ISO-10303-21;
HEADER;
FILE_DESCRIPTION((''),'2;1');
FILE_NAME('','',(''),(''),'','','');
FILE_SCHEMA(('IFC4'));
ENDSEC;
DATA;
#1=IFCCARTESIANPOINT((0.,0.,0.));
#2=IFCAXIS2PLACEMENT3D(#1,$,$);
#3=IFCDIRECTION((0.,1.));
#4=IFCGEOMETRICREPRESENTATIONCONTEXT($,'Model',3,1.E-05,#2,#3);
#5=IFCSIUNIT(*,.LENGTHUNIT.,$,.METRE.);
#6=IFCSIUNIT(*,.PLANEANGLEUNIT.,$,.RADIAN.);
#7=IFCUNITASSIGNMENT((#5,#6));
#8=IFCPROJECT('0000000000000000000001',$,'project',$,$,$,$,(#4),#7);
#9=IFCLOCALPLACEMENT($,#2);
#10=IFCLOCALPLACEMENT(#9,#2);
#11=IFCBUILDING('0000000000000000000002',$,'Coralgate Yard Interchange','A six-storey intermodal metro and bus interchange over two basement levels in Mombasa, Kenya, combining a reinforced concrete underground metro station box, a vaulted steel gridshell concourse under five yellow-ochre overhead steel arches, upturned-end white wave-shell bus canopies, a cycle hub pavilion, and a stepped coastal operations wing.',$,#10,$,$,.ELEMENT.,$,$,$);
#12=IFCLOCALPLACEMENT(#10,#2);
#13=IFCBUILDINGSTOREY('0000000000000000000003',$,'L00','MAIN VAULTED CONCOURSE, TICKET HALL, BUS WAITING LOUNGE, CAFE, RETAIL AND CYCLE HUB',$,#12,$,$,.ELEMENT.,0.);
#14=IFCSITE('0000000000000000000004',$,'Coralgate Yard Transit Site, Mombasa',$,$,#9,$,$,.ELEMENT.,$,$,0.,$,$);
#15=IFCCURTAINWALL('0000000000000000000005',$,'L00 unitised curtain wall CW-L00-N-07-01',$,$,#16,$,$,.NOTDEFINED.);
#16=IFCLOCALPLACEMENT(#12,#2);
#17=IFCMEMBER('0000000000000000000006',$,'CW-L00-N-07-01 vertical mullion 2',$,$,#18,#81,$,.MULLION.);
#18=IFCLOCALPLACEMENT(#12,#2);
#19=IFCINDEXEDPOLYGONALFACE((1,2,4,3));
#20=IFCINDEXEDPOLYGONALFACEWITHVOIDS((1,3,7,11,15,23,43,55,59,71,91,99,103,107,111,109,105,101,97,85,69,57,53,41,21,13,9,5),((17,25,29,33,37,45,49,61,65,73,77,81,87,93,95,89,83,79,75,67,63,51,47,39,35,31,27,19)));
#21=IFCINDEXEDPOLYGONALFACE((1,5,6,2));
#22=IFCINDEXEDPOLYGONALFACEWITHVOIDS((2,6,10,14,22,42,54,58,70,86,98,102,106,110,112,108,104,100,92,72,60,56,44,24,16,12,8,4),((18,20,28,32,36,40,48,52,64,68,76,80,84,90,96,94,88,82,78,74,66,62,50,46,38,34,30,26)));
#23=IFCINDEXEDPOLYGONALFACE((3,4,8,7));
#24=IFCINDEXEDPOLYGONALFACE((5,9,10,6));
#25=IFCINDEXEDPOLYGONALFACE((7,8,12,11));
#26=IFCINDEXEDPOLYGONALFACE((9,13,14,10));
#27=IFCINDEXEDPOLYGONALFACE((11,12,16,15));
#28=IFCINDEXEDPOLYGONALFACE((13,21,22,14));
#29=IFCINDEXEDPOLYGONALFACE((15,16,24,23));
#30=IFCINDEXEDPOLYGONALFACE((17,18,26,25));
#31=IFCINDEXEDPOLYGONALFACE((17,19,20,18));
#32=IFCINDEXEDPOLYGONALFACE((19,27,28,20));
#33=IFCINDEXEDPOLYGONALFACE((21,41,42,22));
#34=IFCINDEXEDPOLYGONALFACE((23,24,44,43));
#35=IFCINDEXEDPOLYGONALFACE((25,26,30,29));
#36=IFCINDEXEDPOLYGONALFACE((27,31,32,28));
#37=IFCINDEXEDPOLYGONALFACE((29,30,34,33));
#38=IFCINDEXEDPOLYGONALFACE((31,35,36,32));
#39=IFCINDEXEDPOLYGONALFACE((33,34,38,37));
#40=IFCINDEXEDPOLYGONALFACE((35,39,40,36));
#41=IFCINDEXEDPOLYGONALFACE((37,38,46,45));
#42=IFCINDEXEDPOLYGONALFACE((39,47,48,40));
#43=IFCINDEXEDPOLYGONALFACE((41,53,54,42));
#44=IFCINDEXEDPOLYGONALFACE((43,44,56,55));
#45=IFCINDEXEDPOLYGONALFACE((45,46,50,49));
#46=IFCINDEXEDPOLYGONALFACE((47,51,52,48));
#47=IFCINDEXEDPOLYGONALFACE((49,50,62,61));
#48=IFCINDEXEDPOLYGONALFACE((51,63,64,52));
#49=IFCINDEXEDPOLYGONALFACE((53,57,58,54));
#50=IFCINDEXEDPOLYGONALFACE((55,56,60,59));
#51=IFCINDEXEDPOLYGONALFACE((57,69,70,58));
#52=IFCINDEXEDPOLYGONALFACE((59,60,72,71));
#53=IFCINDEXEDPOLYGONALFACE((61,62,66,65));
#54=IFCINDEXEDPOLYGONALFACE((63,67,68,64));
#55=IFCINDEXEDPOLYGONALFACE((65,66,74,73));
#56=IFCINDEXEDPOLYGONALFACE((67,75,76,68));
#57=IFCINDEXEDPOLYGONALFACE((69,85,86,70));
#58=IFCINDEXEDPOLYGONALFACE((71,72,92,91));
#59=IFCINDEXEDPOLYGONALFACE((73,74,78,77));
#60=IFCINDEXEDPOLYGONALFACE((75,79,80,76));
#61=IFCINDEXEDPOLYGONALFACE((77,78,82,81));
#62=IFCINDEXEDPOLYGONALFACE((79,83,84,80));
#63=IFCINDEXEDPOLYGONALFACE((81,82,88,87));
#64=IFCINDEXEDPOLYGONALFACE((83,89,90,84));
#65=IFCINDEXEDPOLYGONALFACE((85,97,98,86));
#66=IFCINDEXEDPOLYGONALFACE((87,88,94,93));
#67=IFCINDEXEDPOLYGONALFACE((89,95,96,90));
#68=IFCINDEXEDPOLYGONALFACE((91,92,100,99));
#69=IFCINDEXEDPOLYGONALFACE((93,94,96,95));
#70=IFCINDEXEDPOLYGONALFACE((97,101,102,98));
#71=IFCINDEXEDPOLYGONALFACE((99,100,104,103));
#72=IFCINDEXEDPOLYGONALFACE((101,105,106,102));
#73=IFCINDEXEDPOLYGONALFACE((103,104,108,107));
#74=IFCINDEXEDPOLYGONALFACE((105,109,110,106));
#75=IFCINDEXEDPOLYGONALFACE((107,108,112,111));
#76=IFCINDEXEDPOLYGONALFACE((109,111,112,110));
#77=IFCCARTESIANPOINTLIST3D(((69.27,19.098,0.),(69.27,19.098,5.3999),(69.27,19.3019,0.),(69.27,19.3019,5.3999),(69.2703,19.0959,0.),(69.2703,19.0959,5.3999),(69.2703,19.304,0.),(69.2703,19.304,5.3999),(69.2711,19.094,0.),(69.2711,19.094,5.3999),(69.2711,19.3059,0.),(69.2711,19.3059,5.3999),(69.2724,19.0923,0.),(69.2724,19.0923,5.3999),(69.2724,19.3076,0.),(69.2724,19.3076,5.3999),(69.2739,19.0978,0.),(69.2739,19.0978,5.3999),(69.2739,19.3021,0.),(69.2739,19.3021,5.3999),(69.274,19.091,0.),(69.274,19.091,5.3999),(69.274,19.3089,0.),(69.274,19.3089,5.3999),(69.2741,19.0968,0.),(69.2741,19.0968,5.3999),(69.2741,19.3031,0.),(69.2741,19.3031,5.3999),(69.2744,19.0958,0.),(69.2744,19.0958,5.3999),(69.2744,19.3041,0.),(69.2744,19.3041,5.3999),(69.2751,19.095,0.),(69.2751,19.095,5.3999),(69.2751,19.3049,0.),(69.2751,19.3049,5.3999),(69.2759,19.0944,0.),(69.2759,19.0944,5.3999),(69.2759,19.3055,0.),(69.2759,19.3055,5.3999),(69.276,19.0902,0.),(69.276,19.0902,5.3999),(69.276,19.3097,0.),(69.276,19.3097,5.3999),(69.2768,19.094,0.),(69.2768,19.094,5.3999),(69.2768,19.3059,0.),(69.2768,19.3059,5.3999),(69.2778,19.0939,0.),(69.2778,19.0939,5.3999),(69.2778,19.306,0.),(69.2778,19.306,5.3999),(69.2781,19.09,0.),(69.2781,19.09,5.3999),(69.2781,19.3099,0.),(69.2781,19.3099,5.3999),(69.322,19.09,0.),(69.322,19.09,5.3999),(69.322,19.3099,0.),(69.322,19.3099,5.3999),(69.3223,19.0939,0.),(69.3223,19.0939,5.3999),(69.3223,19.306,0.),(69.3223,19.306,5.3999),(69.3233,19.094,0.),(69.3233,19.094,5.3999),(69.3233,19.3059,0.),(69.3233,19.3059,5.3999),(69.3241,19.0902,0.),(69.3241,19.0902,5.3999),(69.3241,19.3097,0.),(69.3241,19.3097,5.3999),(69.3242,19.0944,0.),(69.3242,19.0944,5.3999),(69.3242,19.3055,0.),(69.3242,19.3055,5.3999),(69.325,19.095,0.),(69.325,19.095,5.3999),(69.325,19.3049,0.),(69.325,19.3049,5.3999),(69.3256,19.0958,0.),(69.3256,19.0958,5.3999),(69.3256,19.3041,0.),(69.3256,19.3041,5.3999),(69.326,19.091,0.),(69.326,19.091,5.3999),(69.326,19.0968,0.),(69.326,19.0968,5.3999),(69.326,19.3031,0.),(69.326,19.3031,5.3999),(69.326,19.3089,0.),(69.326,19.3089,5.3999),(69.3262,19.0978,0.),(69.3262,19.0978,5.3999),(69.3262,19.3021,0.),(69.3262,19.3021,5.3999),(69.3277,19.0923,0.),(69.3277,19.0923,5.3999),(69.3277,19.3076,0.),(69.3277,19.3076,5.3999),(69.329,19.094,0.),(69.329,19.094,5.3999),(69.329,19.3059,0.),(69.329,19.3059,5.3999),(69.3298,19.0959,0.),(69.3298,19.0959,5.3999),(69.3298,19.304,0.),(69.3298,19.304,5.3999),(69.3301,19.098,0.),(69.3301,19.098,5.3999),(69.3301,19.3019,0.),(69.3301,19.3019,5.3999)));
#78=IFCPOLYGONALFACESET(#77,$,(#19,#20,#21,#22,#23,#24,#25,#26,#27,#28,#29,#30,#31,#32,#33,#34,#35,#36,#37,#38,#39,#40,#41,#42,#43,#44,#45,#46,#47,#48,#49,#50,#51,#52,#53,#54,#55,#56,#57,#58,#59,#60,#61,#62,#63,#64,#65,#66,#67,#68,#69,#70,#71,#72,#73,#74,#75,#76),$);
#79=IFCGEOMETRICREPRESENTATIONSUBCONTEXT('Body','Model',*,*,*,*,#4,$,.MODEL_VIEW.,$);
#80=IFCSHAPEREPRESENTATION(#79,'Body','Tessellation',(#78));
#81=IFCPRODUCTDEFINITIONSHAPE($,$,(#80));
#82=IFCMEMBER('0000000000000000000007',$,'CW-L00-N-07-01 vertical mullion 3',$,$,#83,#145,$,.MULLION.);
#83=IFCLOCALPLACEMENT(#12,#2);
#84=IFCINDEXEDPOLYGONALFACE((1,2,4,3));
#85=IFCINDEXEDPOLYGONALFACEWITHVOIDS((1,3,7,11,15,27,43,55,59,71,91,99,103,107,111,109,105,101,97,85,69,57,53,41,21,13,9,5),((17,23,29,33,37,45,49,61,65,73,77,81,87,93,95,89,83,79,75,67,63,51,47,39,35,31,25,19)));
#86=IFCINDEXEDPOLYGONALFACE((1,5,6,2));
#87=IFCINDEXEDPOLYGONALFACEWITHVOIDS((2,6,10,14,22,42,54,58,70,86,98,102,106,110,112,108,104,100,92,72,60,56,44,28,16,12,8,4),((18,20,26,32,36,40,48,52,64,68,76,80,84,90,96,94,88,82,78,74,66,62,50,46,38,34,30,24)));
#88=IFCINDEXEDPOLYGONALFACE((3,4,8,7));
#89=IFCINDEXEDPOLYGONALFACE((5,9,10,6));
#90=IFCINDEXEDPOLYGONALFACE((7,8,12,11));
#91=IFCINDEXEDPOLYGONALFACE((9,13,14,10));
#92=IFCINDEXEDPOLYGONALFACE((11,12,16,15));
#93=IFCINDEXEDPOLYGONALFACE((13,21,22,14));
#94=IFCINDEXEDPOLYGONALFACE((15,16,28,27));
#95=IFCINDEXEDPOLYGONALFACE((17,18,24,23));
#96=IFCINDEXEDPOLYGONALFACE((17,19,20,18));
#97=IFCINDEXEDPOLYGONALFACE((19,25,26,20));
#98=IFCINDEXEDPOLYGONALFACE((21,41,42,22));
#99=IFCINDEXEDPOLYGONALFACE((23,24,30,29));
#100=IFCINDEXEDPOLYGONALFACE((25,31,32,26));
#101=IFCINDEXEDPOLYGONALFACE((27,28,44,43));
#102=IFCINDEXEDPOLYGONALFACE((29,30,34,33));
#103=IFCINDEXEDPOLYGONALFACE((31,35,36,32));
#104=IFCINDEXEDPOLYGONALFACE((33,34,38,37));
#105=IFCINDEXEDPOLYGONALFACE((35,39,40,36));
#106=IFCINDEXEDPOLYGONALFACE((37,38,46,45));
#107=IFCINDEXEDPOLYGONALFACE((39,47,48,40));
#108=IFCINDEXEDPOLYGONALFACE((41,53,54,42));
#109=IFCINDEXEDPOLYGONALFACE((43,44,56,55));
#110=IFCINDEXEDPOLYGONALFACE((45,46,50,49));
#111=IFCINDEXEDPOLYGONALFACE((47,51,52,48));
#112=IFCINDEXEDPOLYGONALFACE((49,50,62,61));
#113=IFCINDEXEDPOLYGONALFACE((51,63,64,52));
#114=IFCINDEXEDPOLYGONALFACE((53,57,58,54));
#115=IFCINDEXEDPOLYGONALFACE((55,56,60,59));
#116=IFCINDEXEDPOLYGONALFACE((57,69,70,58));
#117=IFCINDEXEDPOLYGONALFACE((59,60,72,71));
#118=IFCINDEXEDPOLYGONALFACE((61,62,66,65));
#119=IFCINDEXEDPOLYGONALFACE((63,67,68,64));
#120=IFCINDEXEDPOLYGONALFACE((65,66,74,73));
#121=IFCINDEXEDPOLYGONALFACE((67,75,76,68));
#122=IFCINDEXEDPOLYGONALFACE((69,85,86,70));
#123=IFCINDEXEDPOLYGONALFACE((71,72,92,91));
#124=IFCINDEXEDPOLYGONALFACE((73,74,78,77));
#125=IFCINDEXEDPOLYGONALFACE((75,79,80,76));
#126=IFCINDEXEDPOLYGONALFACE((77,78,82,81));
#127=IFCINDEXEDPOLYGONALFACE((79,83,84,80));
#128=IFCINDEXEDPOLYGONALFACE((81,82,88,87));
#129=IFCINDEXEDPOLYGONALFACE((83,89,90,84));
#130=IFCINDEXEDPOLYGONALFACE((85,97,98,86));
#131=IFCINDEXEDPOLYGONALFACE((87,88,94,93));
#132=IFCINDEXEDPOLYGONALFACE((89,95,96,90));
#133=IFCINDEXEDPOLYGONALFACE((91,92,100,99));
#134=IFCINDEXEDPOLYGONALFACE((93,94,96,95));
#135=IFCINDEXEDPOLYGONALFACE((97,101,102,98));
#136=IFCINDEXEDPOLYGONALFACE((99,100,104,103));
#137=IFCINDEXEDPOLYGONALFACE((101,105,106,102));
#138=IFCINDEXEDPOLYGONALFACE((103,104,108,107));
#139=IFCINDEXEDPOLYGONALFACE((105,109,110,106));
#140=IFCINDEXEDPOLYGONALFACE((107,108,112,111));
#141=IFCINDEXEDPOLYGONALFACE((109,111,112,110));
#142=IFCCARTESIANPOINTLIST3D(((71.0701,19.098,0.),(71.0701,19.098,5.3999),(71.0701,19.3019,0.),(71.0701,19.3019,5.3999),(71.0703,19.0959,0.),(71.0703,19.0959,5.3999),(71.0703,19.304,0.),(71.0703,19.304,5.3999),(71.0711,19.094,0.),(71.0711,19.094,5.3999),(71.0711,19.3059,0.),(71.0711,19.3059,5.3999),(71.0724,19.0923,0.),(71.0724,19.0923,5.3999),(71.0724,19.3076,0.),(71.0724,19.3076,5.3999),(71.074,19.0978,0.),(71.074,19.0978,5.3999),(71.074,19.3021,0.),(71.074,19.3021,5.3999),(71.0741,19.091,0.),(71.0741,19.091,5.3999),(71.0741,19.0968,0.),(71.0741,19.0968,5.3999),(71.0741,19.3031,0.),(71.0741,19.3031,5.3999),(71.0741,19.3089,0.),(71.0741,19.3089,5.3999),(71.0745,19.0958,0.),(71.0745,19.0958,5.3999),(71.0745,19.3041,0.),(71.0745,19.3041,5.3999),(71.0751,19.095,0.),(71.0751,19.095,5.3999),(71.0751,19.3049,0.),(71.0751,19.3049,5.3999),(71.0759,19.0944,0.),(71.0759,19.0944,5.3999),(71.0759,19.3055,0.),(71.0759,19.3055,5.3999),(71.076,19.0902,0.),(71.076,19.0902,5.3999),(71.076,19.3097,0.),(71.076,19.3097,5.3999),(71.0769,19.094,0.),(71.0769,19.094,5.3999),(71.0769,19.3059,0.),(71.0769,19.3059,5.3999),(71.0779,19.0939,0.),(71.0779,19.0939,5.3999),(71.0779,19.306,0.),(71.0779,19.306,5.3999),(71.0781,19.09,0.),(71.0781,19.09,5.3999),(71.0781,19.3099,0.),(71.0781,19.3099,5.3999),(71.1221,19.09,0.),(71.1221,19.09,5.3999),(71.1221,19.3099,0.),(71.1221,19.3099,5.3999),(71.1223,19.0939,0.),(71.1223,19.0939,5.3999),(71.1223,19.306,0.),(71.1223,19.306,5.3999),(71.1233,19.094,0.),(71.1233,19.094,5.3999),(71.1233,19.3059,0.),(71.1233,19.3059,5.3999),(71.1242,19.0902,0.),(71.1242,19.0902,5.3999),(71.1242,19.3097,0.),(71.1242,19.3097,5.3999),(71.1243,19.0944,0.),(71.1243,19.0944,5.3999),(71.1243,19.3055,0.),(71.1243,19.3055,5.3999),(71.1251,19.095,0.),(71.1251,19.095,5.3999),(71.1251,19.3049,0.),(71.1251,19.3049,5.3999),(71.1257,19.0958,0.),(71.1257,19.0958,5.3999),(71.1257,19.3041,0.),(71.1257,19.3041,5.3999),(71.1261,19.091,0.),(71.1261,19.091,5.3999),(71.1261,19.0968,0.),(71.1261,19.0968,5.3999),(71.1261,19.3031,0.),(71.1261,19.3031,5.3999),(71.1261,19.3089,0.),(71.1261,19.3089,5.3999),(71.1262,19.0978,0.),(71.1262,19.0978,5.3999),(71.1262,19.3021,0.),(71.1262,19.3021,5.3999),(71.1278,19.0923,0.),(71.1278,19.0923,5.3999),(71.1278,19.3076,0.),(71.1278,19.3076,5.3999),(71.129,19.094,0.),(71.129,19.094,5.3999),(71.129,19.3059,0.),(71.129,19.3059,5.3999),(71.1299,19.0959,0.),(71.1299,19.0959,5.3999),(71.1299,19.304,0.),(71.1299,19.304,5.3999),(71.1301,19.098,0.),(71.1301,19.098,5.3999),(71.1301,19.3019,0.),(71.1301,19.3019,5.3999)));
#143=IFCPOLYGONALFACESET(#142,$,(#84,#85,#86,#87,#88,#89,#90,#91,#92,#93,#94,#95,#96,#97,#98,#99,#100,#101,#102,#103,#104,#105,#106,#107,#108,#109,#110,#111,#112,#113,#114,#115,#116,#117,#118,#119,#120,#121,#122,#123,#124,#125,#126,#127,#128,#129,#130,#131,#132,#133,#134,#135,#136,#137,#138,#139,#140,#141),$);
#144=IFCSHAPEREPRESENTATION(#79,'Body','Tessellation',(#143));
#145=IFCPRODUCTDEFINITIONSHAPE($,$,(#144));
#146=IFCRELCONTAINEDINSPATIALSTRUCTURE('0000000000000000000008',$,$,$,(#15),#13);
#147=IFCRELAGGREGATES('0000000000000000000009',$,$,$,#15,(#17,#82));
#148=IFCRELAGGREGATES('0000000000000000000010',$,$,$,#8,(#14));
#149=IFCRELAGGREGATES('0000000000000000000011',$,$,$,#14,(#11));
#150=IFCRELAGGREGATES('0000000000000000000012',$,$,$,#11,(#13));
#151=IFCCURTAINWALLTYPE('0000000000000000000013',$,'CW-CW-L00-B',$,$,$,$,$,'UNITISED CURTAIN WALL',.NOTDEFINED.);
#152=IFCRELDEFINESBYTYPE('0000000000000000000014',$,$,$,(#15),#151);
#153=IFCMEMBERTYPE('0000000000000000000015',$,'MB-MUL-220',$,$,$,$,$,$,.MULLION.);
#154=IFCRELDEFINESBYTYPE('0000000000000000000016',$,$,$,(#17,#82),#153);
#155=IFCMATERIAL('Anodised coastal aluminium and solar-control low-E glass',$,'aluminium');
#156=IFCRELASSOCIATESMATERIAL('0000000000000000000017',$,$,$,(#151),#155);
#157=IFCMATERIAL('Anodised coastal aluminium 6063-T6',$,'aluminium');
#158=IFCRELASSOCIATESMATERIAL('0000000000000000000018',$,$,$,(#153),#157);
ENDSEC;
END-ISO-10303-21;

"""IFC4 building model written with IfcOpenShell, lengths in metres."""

from ifc_helpers import new_model, si_unit, direction, frame, origin, origin_2d, place, context, subcontext, project, spatial, hollow_rectangle, extrude, material, material_profile, profile_set, type_object, element, aggregate, save


model = new_model("IFC4")

# Units and contexts
model_context = context("Model", 3, precision=1e-05, world=origin(), true_north=direction((0.0, 1.0)))
body_context = subcontext(model_context, "Body", "Model", "MODEL_VIEW")
ifc_project = project(units=[si_unit("LENGTHUNIT", "METRE"), si_unit("PLANEANGLEUNIT", "RADIAN")], contexts=[model_context])

# Site, building, storey
site_placement = place(None, origin())
site = spatial("IfcSite", under=ifc_project, at=site_placement, Name="Coralgate Yard Transit Site, Mombasa", CompositionType="ELEMENT", RefElevation=0.0)
building_placement = place(site_placement, origin())
building = spatial("IfcBuilding", under=site, at=building_placement, Name="Coralgate Yard Interchange", Description="A six-storey intermodal metro and bus interchange over two basement levels in Mombasa, Kenya, combining a reinforced concrete underground metro station box, a vaulted steel gridshell concourse under five yellow-ochre overhead steel arches, upturned-end white wave-shell bus canopies, a cycle hub pavilion, and a stepped coastal operations wing.", CompositionType="ELEMENT")
storey_placement = place(building_placement, origin())
storey = spatial("IfcBuildingStorey", under=building, at=storey_placement, Name="L00", Description="MAIN VAULTED CONCOURSE, TICKET HALL, BUS WAITING LOUNGE, CAFE, RETAIL AND CYCLE HUB", CompositionType="ELEMENT", Elevation=0.0)

# Shared definitions
ifc_material_1 = material(Name="Anodised coastal aluminium and solar-control low-E glass", Category="aluminium")
curtain_wall_type = type_object("IfcCurtainWallType", Name="CW-CW-L00-B", ElementType="UNITISED CURTAIN WALL", PredefinedType="NOTDEFINED", material=ifc_material_1)
ifc_material_2 = material(Name="Anodised coastal aluminium 6063-T6", Category="aluminium")
ifc_material_profile_1 = material_profile(ifc_material_2, hollow_rectangle(XDim=0.0601, YDim=0.22, WallThickness=0.0039, InnerFilletRadius=0.0039, OuterFilletRadius=0.0081, at=origin_2d()), Name="ALU 60x220x4")
ifc_profile_set_1 = profile_set([ifc_material_profile_1], Name="Anodised coastal aluminium 6063-T6")
member_type_1 = type_object("IfcMemberType", Name="MB-MUL-220", PredefinedType="MULLION", material=ifc_profile_set_1)

# Curtain wall, members
curtain_wall_1_placement = place(storey_placement, origin())
curtain_wall_1 = element("IfcCurtainWall", 1, at=curtain_wall_1_placement, inside=storey, type_object=curtain_wall_type, Name="L00 unitised curtain wall CW-L00-N-07-01", PredefinedType="NOTDEFINED")
member_1_placement = place(storey_placement, frame((69.3, 19.2, 0.0), z_axis=(0.0, 0.0, 1.0), x_axis=(1.0, 0.0, 0.0)))
member_1 = element("IfcMember", 2, at=member_1_placement, type_object=member_type_1, Name="CW-L00-N-07-01 vertical mullion 2", PredefinedType="MULLION", context=body_context, shape_type="SweptSolid", body=[
    extrude(hollow_rectangle(XDim=0.0601, YDim=0.22, WallThickness=0.0039, InnerFilletRadius=0.0039, OuterFilletRadius=0.0081, at=origin_2d()), origin(), (0.0, 0.0, 1.0), 5.3999),
])
member_2_placement = place(storey_placement, frame((71.1001, 19.2, 0.0), z_axis=(0.0, 0.0, 1.0), x_axis=(1.0, 0.0, 0.0)))
member_2 = element("IfcMember", 3, at=member_2_placement, type_object=member_type_1, Name="CW-L00-N-07-01 vertical mullion 3", PredefinedType="MULLION", context=body_context, shape_type="SweptSolid", body=[
    extrude(hollow_rectangle(XDim=0.0601, YDim=0.22, WallThickness=0.0039, InnerFilletRadius=0.0039, OuterFilletRadius=0.0081, at=origin_2d()), origin(), (0.0, 0.0, 1.0), 5.3999),
])

aggregate(curtain_wall_1, [member_1, member_2])

save(model, "model.ifc")
